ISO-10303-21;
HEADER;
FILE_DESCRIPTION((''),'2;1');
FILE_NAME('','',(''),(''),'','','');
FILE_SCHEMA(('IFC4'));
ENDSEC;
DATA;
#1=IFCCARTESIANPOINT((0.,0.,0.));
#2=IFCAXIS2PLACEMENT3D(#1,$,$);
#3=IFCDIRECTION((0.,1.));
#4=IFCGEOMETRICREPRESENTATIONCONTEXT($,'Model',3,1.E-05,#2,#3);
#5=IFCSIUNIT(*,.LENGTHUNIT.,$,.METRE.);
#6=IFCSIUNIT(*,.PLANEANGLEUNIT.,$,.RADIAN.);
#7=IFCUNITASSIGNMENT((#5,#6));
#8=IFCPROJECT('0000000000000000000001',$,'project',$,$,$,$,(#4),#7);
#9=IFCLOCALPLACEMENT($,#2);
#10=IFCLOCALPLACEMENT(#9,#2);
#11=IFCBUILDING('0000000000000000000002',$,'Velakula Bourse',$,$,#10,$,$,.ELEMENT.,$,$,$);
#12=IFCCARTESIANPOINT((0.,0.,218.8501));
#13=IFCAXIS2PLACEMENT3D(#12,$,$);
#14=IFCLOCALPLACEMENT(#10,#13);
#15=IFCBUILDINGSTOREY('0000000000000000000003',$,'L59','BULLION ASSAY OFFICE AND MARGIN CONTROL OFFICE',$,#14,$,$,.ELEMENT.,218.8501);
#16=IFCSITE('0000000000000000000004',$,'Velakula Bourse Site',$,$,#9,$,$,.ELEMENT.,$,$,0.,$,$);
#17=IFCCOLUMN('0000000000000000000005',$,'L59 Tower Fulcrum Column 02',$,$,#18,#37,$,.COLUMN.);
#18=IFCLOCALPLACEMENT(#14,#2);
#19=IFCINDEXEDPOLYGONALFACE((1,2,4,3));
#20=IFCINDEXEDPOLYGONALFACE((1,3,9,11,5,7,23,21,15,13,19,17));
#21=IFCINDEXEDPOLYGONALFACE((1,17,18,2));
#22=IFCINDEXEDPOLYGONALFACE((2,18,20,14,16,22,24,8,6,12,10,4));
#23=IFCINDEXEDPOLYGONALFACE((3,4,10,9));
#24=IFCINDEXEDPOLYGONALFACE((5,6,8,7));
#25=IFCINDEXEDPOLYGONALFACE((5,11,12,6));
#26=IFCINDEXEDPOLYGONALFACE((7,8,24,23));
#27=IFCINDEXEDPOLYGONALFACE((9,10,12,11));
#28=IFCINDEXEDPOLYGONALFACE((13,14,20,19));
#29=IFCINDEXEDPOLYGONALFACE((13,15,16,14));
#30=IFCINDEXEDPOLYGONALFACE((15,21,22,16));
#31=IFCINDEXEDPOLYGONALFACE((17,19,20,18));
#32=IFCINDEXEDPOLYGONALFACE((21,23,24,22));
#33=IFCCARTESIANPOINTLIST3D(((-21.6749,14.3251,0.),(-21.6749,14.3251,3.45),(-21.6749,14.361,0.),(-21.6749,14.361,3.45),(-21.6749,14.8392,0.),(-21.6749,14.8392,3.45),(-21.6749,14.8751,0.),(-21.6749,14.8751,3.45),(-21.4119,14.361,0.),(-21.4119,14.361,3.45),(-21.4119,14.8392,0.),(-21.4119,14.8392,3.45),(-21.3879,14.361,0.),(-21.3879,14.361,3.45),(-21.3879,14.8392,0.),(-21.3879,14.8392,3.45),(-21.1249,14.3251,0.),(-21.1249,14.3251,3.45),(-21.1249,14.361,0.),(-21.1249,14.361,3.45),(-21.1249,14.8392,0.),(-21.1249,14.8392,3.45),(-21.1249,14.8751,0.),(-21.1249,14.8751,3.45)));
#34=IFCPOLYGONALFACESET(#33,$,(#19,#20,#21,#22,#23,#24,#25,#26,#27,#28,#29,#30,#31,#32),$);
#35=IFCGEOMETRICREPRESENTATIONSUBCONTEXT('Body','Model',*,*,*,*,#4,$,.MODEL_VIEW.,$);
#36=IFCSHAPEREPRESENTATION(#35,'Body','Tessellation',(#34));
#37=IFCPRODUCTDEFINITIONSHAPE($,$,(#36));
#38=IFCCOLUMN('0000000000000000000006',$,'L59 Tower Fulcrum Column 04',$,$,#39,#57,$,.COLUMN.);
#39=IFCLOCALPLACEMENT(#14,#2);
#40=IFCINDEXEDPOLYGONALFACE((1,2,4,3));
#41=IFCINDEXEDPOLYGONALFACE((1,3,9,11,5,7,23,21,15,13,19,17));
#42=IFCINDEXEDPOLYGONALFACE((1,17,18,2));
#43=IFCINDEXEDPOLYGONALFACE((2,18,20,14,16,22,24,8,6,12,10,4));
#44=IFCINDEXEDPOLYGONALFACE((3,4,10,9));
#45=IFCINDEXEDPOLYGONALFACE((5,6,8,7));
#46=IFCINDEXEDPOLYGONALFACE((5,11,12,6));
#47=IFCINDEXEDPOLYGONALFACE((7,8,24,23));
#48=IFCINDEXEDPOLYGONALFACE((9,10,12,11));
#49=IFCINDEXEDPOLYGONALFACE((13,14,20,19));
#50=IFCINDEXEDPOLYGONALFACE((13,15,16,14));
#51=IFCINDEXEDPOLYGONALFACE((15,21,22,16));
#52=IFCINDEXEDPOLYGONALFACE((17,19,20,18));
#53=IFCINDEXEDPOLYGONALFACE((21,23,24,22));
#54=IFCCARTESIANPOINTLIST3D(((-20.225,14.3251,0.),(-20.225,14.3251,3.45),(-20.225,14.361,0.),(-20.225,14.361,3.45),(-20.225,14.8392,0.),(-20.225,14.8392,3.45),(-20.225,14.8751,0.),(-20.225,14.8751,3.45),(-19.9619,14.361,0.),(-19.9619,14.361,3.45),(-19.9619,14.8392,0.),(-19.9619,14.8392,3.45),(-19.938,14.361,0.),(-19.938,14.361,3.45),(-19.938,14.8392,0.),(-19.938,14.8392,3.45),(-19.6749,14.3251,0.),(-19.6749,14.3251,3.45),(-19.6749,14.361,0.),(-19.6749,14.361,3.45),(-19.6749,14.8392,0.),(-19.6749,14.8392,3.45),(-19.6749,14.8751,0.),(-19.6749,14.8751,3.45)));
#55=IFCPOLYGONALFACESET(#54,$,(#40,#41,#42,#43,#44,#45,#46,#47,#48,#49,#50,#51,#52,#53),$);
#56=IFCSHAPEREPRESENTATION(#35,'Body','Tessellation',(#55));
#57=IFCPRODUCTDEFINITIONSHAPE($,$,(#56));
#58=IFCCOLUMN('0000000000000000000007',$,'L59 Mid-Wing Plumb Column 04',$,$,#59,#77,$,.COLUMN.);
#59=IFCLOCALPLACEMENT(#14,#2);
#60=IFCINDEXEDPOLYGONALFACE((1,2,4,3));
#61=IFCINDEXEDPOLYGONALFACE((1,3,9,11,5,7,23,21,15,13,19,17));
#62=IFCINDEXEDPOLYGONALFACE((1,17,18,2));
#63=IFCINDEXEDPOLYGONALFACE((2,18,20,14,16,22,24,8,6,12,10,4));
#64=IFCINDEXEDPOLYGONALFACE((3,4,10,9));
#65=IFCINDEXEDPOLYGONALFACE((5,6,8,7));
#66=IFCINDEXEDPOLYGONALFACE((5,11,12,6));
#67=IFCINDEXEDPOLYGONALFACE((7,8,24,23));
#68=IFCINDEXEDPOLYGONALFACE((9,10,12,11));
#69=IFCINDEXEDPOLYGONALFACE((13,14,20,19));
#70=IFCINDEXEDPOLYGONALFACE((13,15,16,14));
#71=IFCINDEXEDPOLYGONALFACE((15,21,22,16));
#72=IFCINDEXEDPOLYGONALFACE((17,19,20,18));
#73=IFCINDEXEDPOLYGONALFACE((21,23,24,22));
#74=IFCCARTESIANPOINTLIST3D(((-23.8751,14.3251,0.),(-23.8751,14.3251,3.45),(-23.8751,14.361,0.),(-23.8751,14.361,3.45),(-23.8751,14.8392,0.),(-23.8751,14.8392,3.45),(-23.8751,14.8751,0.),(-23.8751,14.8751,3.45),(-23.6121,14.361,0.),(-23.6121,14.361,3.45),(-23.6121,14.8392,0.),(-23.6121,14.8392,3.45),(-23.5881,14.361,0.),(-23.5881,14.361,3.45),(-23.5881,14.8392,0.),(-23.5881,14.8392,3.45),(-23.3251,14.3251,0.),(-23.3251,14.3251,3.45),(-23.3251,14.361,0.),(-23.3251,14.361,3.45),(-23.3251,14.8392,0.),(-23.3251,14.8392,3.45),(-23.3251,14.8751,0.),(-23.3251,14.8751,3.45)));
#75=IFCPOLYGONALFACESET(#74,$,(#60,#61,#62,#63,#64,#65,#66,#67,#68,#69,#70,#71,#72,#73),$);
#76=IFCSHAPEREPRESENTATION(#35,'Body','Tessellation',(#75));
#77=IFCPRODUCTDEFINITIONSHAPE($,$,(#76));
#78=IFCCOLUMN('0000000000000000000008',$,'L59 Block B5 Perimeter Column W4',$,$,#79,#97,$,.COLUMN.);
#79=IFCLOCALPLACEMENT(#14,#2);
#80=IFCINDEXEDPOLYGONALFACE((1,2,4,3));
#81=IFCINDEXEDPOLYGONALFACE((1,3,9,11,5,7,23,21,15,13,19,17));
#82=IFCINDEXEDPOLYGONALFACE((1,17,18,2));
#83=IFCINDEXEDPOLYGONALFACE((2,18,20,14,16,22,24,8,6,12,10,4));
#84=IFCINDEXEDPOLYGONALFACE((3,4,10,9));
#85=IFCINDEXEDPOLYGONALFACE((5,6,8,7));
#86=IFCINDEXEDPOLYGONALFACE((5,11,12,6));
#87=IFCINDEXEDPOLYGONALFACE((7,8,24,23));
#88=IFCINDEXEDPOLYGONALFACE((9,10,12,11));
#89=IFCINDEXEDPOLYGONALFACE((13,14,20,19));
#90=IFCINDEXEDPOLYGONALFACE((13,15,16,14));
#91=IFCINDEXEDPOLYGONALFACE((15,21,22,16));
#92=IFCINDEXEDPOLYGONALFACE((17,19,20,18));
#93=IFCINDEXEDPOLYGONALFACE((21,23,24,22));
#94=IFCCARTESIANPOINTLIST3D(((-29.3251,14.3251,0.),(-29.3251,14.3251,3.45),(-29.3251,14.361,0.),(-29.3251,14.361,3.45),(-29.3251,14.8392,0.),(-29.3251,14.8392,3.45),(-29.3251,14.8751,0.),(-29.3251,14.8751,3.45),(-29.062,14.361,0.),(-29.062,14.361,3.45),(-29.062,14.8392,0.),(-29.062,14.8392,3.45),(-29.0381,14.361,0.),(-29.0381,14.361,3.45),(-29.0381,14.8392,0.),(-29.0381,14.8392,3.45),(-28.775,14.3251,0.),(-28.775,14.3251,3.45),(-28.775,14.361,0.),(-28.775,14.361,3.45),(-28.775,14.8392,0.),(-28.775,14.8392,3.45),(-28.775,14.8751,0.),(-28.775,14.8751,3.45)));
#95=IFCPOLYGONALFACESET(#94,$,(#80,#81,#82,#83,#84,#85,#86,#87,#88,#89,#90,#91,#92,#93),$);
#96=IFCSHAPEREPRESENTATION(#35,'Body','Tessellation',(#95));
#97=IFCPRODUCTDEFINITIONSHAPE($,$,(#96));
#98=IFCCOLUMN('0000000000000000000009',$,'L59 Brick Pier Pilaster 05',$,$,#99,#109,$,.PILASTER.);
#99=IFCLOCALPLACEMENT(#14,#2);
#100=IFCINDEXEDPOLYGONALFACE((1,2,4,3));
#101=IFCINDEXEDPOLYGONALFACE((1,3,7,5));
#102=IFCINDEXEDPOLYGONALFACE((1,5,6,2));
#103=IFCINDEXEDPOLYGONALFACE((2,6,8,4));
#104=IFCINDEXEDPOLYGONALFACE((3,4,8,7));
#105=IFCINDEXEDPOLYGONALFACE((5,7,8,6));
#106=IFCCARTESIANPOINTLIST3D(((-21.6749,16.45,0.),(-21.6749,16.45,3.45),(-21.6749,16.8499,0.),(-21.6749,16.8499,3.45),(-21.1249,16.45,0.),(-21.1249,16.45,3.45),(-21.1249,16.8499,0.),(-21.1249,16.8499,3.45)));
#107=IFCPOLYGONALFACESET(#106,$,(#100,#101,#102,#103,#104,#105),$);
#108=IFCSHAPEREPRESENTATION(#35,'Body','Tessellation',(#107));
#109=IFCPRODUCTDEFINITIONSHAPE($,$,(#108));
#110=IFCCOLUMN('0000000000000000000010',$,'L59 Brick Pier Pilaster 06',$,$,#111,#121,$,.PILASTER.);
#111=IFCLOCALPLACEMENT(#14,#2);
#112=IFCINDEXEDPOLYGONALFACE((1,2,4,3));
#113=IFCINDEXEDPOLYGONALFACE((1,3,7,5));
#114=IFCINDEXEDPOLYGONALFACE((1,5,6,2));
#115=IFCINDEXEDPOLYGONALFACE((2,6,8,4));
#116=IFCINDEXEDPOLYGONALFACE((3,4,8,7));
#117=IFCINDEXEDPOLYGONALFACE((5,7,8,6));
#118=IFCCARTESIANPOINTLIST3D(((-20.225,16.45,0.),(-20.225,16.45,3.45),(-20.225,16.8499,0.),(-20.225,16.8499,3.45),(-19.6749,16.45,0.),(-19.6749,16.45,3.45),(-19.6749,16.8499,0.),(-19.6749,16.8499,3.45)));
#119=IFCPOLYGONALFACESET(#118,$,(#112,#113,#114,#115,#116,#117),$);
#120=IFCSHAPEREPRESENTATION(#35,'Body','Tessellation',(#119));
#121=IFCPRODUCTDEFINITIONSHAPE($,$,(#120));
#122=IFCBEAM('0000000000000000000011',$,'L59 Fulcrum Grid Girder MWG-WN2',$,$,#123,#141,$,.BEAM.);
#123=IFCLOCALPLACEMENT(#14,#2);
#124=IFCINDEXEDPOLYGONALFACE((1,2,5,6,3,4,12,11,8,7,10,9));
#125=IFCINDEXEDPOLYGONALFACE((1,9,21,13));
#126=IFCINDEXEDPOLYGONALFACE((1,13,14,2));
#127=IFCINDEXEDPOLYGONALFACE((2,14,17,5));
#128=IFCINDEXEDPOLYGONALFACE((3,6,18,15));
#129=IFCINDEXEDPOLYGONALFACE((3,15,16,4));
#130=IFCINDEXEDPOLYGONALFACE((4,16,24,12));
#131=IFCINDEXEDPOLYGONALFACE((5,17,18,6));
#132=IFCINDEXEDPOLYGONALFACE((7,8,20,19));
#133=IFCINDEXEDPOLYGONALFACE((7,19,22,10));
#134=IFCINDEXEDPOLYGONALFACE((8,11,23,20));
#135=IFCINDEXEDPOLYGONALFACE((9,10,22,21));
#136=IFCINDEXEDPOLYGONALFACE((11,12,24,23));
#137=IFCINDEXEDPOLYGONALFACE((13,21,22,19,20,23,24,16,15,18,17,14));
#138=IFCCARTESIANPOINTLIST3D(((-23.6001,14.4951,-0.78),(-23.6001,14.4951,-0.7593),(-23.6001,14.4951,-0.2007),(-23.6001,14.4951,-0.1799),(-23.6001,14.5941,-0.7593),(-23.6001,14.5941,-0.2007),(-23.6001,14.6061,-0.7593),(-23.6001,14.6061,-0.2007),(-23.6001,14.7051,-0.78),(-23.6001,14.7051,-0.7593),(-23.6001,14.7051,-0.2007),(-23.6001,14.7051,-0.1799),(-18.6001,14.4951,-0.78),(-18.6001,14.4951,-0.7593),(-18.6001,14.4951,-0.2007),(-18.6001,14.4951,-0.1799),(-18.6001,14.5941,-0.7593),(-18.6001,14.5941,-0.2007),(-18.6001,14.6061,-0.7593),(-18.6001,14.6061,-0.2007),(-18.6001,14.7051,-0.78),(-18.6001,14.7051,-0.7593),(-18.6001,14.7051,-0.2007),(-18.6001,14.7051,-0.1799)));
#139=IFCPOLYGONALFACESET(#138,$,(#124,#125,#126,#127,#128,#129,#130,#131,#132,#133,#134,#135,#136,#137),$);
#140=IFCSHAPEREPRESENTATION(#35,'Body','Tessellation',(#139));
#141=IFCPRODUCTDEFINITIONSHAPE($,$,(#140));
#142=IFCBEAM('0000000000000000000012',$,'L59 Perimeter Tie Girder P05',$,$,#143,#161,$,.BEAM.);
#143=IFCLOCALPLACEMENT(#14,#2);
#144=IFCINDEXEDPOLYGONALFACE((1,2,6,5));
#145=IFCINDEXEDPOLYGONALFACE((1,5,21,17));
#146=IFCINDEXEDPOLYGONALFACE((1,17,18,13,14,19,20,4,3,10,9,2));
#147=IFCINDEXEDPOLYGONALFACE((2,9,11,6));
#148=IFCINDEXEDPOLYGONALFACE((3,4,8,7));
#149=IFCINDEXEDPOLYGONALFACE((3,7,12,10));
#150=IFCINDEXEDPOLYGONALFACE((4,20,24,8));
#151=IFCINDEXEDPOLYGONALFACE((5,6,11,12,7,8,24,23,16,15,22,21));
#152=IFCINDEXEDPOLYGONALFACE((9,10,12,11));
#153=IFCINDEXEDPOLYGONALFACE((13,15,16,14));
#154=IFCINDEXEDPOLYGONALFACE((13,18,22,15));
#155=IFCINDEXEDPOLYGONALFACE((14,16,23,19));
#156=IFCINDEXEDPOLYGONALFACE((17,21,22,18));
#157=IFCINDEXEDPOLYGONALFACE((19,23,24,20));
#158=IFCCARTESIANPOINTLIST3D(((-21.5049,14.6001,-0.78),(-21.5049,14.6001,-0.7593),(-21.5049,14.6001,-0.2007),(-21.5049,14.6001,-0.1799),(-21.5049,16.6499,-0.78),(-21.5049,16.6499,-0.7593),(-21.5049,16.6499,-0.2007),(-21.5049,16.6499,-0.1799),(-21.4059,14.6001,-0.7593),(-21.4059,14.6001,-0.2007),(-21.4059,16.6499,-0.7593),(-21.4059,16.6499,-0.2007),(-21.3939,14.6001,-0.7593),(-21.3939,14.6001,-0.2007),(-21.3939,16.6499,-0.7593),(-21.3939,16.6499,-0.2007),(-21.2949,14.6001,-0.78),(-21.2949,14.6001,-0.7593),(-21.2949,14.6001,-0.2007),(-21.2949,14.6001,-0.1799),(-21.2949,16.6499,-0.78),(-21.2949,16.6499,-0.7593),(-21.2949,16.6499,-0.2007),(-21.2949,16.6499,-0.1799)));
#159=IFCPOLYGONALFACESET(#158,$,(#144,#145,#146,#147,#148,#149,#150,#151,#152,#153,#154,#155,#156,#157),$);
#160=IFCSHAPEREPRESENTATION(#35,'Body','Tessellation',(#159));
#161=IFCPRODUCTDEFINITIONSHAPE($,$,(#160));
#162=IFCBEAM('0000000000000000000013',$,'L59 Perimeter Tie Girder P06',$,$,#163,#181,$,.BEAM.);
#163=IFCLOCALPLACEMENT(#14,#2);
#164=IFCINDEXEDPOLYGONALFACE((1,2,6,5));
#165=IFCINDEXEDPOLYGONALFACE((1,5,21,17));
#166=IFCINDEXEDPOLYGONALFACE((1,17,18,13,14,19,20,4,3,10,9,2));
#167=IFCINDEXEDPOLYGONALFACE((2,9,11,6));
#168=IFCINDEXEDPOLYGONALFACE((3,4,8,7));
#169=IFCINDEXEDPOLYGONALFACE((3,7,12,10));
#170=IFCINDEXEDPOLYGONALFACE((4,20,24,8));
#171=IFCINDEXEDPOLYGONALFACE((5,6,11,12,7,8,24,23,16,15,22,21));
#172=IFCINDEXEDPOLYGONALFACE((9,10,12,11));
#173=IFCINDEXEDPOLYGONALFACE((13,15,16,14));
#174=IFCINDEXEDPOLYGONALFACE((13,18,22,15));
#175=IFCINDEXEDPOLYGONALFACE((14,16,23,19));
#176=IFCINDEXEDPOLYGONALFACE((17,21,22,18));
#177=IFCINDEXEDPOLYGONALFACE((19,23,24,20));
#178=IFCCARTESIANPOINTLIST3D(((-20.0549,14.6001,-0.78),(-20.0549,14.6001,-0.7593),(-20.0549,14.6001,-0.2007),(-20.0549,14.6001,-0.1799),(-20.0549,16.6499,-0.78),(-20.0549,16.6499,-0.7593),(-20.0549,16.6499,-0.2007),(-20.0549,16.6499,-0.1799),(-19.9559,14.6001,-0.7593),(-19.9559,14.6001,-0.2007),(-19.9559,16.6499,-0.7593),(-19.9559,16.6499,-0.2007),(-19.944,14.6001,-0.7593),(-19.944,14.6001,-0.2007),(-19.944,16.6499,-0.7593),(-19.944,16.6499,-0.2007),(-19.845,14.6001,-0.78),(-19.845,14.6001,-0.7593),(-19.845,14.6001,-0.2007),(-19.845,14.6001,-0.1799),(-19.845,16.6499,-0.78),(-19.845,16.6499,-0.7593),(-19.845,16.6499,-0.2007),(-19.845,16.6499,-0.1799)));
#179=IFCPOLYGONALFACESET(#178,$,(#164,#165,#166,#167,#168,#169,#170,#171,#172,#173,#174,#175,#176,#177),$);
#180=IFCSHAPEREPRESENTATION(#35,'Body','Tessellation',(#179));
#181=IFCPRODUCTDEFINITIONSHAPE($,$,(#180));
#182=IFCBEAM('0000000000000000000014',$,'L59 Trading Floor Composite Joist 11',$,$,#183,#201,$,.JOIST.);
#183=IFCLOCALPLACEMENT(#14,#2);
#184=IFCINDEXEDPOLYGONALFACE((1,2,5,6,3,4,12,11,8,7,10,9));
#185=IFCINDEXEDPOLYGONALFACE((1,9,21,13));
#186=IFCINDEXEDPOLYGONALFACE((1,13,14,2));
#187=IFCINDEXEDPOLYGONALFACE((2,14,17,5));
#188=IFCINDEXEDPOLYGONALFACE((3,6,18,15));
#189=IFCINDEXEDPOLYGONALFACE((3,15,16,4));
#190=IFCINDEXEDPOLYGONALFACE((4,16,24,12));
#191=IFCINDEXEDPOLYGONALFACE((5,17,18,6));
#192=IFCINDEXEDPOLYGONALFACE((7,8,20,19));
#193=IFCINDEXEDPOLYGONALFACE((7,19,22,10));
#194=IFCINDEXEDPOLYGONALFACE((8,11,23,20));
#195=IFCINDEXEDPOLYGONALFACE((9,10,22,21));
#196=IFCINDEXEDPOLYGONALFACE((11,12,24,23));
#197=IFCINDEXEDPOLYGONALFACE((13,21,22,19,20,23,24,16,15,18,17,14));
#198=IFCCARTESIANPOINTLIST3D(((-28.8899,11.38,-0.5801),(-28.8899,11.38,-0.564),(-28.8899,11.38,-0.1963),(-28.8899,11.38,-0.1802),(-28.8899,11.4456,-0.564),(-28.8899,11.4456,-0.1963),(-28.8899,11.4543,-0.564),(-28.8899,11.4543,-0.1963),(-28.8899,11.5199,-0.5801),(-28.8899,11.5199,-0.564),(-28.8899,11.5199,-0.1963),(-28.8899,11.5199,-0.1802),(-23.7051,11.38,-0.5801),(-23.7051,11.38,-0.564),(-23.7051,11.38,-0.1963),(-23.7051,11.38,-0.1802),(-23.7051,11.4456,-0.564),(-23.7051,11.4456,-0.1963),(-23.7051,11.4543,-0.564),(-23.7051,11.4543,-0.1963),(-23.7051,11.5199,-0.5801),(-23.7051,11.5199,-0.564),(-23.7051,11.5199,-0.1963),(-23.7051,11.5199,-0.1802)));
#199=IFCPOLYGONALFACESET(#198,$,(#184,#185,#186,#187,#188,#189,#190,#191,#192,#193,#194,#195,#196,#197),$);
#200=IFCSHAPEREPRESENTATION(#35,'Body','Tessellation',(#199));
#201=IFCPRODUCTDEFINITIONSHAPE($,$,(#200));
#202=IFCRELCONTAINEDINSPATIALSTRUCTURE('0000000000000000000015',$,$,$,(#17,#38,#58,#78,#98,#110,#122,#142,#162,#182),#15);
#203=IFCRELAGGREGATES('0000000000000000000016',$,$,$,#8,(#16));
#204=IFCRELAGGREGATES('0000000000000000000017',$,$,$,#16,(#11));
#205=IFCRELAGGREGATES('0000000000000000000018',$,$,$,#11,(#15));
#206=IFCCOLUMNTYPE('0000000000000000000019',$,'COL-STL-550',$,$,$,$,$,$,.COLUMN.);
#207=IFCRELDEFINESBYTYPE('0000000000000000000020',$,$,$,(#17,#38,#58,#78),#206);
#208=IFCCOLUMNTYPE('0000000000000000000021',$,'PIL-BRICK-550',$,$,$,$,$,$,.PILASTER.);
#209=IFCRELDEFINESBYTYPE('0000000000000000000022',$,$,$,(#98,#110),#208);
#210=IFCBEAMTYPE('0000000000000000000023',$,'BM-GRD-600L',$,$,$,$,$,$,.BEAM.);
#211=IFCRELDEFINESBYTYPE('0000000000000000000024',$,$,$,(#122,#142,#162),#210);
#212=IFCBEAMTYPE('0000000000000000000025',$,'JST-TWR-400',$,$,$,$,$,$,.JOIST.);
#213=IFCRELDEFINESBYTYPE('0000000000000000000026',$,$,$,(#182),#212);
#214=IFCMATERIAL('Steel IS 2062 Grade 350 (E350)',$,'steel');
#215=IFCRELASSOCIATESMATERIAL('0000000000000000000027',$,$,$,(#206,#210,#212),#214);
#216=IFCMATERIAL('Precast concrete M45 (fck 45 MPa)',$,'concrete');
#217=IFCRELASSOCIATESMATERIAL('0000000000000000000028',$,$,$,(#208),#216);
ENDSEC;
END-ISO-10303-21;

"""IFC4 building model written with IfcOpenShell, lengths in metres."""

from ifc_helpers import new_model, si_unit, direction, frame, origin, origin_2d, place, context, subcontext, project, spatial, rectangle, i_section, extrude, material, material_profile, profile_set, type_object, element, save


model = new_model("IFC4")

# Units and contexts
model_context = context("Model", 3, precision=1e-05, world=origin(), true_north=direction((0.0, 1.0)))
body_context = subcontext(model_context, "Body", "Model", "MODEL_VIEW")
ifc_project = project(units=[si_unit("LENGTHUNIT", "METRE"), si_unit("PLANEANGLEUNIT", "RADIAN")], contexts=[model_context])

# Site, building, storey
site_placement = place(None, origin())
site = spatial("IfcSite", under=ifc_project, at=site_placement, Name="Velakula Bourse Site", CompositionType="ELEMENT", RefElevation=0.0)
building_placement = place(site_placement, origin())
building = spatial("IfcBuilding", under=site, at=building_placement, Name="Velakula Bourse", CompositionType="ELEMENT")
storey_placement = place(building_placement, frame((0.0, 0.0, 218.8501)))
storey = spatial("IfcBuildingStorey", under=building, at=storey_placement, Name="L59", Description="BULLION ASSAY OFFICE AND MARGIN CONTROL OFFICE", CompositionType="ELEMENT", Elevation=218.8501)

# Columns
ifc_material_1 = material(Name="Steel IS 2062 Grade 350 (E350)", Category="steel")
ifc_material_profile_1 = material_profile(ifc_material_1, i_section(OverallWidth=0.55, OverallDepth=0.55, WebThickness=0.0239, FlangeThickness=0.0359, at=origin_2d()), Name="Steel IS 2062 Grade 350 (E350)")
ifc_profile_set_1 = profile_set([ifc_material_profile_1], Name="Steel IS 2062 Grade 350 (E350)")
column_type_1 = type_object("IfcColumnType", Name="COL-STL-550", PredefinedType="COLUMN", material=ifc_profile_set_1)
for number, where, z_axis, x_axis, name in (
    (1, (-21.3999, 14.6001, 0.0), (0.0, 0.0, 1.0), (1.0, 0.0, 0.0), "L59 Tower Fulcrum Column 02"),
    (2, (-19.95, 14.6001, 0.0), (0.0, 0.0, 1.0), (1.0, 0.0, 0.0), "L59 Tower Fulcrum Column 04"),
    (3, (-23.6001, 14.6001, 0.0), (0.0, 0.0, 1.0), (1.0, 0.0, 0.0), "L59 Mid-Wing Plumb Column 04"),
    (4, (-29.05, 14.6001, 0.0), (0.0, 0.0, 1.0), (1.0, 0.0, 0.0), "L59 Block B5 Perimeter Column W4"),
):
    element("IfcColumn", number, at=place(storey_placement, frame(where, z_axis=z_axis, x_axis=x_axis)), inside=storey, type_object=column_type_1, Name=name, PredefinedType="COLUMN", context=body_context, shape_type="SweptSolid", body=[
        extrude(i_section(OverallWidth=0.55, OverallDepth=0.55, WebThickness=0.0239, FlangeThickness=0.0359, at=origin_2d()), origin(), (0.0, 0.0, 1.0), 3.45),
    ])
ifc_material_2 = material(Name="Precast concrete M45 (fck 45 MPa)", Category="concrete")
ifc_material_profile_2 = material_profile(ifc_material_2, rectangle(XDim=0.55, YDim=0.3999, at=origin_2d()), Name="Precast concrete M45 (fck 45 MPa)")
ifc_profile_set_2 = profile_set([ifc_material_profile_2], Name="Precast concrete M45 (fck 45 MPa)")
column_type_2 = type_object("IfcColumnType", Name="PIL-BRICK-550", PredefinedType="PILASTER", material=ifc_profile_set_2)
for number, where, z_axis, x_axis, name in (
    (5, (-21.3999, 16.6499, 0.0), (0.0, 0.0, 1.0), (1.0, 0.0, 0.0), "L59 Brick Pier Pilaster 05"),
    (6, (-19.95, 16.6499, 0.0), (0.0, 0.0, 1.0), (1.0, 0.0, 0.0), "L59 Brick Pier Pilaster 06"),
):
    element("IfcColumn", number, at=place(storey_placement, frame(where, z_axis=z_axis, x_axis=x_axis)), inside=storey, type_object=column_type_2, Name=name, PredefinedType="PILASTER", context=body_context, shape_type="SweptSolid", body=[
        extrude(rectangle(XDim=0.55, YDim=0.3999, at=origin_2d()), origin(), (0.0, 0.0, 1.0), 3.45),
    ])

# Beams
ifc_material_profile_3 = material_profile(ifc_material_1, i_section(OverallWidth=0.21, OverallDepth=0.6001, WebThickness=0.012, FlangeThickness=0.0208, at=origin_2d()), Name="Steel IS 2062 Grade 350 (E350)")
ifc_profile_set_3 = profile_set([ifc_material_profile_3], Name="Steel IS 2062 Grade 350 (E350)")
beam_type_1 = type_object("IfcBeamType", Name="BM-GRD-600L", PredefinedType="BEAM", material=ifc_profile_set_3)
beam_1_placement = place(storey_placement, frame((-23.6001, 14.6001, -0.48), z_axis=(1.0, 0.0, 0.0), x_axis=(0.0, 1.0, 0.0)))
element("IfcBeam", 7, at=beam_1_placement, inside=storey, type_object=beam_type_1, Name="L59 Fulcrum Grid Girder MWG-WN2", PredefinedType="BEAM", context=body_context, shape_type="SweptSolid", body=[
    extrude(i_section(OverallWidth=0.21, OverallDepth=0.6001, WebThickness=0.012, FlangeThickness=0.0208, at=origin_2d()), origin(), (0.0, 0.0, 1.0), 5.0),
])
for number, where, z_axis, x_axis, name in (
    (8, (-21.3999, 14.6001, -0.48), (0.0, 1.0, 0.0), (-1.0, 0.0, 0.0), "L59 Perimeter Tie Girder P05"),
    (9, (-19.95, 14.6001, -0.48), (0.0, 1.0, 0.0), (-1.0, 0.0, 0.0), "L59 Perimeter Tie Girder P06"),
):
    element("IfcBeam", number, at=place(storey_placement, frame(where, z_axis=z_axis, x_axis=x_axis)), inside=storey, type_object=beam_type_1, Name=name, PredefinedType="BEAM", context=body_context, shape_type="SweptSolid", body=[
        extrude(i_section(OverallWidth=0.21, OverallDepth=0.6001, WebThickness=0.012, FlangeThickness=0.0208, at=origin_2d()), origin(), (0.0, 0.0, 1.0), 2.0498),
    ])
ifc_material_profile_4 = material_profile(ifc_material_1, i_section(OverallWidth=0.1399, OverallDepth=0.3999, WebThickness=0.0088, FlangeThickness=0.0161, at=origin_2d()), Name="Steel IS 2062 Grade 350 (E350)")
ifc_profile_set_4 = profile_set([ifc_material_profile_4], Name="Steel IS 2062 Grade 350 (E350)")
beam_type_2 = type_object("IfcBeamType", Name="JST-TWR-400", PredefinedType="JOIST", material=ifc_profile_set_4)
beam_2_placement = place(storey_placement, frame((-28.8899, 11.45, -0.3801), z_axis=(1.0, 0.0, 0.0), x_axis=(0.0, 1.0, 0.0)))
element("IfcBeam", 10, at=beam_2_placement, inside=storey, type_object=beam_type_2, Name="L59 Trading Floor Composite Joist 11", PredefinedType="JOIST", context=body_context, shape_type="SweptSolid", body=[
    extrude(i_section(OverallWidth=0.1399, OverallDepth=0.3999, WebThickness=0.0088, FlangeThickness=0.0161, at=origin_2d()), origin(), (0.0, 0.0, 1.0), 5.1848),
])

save(model, "model.ifc")
